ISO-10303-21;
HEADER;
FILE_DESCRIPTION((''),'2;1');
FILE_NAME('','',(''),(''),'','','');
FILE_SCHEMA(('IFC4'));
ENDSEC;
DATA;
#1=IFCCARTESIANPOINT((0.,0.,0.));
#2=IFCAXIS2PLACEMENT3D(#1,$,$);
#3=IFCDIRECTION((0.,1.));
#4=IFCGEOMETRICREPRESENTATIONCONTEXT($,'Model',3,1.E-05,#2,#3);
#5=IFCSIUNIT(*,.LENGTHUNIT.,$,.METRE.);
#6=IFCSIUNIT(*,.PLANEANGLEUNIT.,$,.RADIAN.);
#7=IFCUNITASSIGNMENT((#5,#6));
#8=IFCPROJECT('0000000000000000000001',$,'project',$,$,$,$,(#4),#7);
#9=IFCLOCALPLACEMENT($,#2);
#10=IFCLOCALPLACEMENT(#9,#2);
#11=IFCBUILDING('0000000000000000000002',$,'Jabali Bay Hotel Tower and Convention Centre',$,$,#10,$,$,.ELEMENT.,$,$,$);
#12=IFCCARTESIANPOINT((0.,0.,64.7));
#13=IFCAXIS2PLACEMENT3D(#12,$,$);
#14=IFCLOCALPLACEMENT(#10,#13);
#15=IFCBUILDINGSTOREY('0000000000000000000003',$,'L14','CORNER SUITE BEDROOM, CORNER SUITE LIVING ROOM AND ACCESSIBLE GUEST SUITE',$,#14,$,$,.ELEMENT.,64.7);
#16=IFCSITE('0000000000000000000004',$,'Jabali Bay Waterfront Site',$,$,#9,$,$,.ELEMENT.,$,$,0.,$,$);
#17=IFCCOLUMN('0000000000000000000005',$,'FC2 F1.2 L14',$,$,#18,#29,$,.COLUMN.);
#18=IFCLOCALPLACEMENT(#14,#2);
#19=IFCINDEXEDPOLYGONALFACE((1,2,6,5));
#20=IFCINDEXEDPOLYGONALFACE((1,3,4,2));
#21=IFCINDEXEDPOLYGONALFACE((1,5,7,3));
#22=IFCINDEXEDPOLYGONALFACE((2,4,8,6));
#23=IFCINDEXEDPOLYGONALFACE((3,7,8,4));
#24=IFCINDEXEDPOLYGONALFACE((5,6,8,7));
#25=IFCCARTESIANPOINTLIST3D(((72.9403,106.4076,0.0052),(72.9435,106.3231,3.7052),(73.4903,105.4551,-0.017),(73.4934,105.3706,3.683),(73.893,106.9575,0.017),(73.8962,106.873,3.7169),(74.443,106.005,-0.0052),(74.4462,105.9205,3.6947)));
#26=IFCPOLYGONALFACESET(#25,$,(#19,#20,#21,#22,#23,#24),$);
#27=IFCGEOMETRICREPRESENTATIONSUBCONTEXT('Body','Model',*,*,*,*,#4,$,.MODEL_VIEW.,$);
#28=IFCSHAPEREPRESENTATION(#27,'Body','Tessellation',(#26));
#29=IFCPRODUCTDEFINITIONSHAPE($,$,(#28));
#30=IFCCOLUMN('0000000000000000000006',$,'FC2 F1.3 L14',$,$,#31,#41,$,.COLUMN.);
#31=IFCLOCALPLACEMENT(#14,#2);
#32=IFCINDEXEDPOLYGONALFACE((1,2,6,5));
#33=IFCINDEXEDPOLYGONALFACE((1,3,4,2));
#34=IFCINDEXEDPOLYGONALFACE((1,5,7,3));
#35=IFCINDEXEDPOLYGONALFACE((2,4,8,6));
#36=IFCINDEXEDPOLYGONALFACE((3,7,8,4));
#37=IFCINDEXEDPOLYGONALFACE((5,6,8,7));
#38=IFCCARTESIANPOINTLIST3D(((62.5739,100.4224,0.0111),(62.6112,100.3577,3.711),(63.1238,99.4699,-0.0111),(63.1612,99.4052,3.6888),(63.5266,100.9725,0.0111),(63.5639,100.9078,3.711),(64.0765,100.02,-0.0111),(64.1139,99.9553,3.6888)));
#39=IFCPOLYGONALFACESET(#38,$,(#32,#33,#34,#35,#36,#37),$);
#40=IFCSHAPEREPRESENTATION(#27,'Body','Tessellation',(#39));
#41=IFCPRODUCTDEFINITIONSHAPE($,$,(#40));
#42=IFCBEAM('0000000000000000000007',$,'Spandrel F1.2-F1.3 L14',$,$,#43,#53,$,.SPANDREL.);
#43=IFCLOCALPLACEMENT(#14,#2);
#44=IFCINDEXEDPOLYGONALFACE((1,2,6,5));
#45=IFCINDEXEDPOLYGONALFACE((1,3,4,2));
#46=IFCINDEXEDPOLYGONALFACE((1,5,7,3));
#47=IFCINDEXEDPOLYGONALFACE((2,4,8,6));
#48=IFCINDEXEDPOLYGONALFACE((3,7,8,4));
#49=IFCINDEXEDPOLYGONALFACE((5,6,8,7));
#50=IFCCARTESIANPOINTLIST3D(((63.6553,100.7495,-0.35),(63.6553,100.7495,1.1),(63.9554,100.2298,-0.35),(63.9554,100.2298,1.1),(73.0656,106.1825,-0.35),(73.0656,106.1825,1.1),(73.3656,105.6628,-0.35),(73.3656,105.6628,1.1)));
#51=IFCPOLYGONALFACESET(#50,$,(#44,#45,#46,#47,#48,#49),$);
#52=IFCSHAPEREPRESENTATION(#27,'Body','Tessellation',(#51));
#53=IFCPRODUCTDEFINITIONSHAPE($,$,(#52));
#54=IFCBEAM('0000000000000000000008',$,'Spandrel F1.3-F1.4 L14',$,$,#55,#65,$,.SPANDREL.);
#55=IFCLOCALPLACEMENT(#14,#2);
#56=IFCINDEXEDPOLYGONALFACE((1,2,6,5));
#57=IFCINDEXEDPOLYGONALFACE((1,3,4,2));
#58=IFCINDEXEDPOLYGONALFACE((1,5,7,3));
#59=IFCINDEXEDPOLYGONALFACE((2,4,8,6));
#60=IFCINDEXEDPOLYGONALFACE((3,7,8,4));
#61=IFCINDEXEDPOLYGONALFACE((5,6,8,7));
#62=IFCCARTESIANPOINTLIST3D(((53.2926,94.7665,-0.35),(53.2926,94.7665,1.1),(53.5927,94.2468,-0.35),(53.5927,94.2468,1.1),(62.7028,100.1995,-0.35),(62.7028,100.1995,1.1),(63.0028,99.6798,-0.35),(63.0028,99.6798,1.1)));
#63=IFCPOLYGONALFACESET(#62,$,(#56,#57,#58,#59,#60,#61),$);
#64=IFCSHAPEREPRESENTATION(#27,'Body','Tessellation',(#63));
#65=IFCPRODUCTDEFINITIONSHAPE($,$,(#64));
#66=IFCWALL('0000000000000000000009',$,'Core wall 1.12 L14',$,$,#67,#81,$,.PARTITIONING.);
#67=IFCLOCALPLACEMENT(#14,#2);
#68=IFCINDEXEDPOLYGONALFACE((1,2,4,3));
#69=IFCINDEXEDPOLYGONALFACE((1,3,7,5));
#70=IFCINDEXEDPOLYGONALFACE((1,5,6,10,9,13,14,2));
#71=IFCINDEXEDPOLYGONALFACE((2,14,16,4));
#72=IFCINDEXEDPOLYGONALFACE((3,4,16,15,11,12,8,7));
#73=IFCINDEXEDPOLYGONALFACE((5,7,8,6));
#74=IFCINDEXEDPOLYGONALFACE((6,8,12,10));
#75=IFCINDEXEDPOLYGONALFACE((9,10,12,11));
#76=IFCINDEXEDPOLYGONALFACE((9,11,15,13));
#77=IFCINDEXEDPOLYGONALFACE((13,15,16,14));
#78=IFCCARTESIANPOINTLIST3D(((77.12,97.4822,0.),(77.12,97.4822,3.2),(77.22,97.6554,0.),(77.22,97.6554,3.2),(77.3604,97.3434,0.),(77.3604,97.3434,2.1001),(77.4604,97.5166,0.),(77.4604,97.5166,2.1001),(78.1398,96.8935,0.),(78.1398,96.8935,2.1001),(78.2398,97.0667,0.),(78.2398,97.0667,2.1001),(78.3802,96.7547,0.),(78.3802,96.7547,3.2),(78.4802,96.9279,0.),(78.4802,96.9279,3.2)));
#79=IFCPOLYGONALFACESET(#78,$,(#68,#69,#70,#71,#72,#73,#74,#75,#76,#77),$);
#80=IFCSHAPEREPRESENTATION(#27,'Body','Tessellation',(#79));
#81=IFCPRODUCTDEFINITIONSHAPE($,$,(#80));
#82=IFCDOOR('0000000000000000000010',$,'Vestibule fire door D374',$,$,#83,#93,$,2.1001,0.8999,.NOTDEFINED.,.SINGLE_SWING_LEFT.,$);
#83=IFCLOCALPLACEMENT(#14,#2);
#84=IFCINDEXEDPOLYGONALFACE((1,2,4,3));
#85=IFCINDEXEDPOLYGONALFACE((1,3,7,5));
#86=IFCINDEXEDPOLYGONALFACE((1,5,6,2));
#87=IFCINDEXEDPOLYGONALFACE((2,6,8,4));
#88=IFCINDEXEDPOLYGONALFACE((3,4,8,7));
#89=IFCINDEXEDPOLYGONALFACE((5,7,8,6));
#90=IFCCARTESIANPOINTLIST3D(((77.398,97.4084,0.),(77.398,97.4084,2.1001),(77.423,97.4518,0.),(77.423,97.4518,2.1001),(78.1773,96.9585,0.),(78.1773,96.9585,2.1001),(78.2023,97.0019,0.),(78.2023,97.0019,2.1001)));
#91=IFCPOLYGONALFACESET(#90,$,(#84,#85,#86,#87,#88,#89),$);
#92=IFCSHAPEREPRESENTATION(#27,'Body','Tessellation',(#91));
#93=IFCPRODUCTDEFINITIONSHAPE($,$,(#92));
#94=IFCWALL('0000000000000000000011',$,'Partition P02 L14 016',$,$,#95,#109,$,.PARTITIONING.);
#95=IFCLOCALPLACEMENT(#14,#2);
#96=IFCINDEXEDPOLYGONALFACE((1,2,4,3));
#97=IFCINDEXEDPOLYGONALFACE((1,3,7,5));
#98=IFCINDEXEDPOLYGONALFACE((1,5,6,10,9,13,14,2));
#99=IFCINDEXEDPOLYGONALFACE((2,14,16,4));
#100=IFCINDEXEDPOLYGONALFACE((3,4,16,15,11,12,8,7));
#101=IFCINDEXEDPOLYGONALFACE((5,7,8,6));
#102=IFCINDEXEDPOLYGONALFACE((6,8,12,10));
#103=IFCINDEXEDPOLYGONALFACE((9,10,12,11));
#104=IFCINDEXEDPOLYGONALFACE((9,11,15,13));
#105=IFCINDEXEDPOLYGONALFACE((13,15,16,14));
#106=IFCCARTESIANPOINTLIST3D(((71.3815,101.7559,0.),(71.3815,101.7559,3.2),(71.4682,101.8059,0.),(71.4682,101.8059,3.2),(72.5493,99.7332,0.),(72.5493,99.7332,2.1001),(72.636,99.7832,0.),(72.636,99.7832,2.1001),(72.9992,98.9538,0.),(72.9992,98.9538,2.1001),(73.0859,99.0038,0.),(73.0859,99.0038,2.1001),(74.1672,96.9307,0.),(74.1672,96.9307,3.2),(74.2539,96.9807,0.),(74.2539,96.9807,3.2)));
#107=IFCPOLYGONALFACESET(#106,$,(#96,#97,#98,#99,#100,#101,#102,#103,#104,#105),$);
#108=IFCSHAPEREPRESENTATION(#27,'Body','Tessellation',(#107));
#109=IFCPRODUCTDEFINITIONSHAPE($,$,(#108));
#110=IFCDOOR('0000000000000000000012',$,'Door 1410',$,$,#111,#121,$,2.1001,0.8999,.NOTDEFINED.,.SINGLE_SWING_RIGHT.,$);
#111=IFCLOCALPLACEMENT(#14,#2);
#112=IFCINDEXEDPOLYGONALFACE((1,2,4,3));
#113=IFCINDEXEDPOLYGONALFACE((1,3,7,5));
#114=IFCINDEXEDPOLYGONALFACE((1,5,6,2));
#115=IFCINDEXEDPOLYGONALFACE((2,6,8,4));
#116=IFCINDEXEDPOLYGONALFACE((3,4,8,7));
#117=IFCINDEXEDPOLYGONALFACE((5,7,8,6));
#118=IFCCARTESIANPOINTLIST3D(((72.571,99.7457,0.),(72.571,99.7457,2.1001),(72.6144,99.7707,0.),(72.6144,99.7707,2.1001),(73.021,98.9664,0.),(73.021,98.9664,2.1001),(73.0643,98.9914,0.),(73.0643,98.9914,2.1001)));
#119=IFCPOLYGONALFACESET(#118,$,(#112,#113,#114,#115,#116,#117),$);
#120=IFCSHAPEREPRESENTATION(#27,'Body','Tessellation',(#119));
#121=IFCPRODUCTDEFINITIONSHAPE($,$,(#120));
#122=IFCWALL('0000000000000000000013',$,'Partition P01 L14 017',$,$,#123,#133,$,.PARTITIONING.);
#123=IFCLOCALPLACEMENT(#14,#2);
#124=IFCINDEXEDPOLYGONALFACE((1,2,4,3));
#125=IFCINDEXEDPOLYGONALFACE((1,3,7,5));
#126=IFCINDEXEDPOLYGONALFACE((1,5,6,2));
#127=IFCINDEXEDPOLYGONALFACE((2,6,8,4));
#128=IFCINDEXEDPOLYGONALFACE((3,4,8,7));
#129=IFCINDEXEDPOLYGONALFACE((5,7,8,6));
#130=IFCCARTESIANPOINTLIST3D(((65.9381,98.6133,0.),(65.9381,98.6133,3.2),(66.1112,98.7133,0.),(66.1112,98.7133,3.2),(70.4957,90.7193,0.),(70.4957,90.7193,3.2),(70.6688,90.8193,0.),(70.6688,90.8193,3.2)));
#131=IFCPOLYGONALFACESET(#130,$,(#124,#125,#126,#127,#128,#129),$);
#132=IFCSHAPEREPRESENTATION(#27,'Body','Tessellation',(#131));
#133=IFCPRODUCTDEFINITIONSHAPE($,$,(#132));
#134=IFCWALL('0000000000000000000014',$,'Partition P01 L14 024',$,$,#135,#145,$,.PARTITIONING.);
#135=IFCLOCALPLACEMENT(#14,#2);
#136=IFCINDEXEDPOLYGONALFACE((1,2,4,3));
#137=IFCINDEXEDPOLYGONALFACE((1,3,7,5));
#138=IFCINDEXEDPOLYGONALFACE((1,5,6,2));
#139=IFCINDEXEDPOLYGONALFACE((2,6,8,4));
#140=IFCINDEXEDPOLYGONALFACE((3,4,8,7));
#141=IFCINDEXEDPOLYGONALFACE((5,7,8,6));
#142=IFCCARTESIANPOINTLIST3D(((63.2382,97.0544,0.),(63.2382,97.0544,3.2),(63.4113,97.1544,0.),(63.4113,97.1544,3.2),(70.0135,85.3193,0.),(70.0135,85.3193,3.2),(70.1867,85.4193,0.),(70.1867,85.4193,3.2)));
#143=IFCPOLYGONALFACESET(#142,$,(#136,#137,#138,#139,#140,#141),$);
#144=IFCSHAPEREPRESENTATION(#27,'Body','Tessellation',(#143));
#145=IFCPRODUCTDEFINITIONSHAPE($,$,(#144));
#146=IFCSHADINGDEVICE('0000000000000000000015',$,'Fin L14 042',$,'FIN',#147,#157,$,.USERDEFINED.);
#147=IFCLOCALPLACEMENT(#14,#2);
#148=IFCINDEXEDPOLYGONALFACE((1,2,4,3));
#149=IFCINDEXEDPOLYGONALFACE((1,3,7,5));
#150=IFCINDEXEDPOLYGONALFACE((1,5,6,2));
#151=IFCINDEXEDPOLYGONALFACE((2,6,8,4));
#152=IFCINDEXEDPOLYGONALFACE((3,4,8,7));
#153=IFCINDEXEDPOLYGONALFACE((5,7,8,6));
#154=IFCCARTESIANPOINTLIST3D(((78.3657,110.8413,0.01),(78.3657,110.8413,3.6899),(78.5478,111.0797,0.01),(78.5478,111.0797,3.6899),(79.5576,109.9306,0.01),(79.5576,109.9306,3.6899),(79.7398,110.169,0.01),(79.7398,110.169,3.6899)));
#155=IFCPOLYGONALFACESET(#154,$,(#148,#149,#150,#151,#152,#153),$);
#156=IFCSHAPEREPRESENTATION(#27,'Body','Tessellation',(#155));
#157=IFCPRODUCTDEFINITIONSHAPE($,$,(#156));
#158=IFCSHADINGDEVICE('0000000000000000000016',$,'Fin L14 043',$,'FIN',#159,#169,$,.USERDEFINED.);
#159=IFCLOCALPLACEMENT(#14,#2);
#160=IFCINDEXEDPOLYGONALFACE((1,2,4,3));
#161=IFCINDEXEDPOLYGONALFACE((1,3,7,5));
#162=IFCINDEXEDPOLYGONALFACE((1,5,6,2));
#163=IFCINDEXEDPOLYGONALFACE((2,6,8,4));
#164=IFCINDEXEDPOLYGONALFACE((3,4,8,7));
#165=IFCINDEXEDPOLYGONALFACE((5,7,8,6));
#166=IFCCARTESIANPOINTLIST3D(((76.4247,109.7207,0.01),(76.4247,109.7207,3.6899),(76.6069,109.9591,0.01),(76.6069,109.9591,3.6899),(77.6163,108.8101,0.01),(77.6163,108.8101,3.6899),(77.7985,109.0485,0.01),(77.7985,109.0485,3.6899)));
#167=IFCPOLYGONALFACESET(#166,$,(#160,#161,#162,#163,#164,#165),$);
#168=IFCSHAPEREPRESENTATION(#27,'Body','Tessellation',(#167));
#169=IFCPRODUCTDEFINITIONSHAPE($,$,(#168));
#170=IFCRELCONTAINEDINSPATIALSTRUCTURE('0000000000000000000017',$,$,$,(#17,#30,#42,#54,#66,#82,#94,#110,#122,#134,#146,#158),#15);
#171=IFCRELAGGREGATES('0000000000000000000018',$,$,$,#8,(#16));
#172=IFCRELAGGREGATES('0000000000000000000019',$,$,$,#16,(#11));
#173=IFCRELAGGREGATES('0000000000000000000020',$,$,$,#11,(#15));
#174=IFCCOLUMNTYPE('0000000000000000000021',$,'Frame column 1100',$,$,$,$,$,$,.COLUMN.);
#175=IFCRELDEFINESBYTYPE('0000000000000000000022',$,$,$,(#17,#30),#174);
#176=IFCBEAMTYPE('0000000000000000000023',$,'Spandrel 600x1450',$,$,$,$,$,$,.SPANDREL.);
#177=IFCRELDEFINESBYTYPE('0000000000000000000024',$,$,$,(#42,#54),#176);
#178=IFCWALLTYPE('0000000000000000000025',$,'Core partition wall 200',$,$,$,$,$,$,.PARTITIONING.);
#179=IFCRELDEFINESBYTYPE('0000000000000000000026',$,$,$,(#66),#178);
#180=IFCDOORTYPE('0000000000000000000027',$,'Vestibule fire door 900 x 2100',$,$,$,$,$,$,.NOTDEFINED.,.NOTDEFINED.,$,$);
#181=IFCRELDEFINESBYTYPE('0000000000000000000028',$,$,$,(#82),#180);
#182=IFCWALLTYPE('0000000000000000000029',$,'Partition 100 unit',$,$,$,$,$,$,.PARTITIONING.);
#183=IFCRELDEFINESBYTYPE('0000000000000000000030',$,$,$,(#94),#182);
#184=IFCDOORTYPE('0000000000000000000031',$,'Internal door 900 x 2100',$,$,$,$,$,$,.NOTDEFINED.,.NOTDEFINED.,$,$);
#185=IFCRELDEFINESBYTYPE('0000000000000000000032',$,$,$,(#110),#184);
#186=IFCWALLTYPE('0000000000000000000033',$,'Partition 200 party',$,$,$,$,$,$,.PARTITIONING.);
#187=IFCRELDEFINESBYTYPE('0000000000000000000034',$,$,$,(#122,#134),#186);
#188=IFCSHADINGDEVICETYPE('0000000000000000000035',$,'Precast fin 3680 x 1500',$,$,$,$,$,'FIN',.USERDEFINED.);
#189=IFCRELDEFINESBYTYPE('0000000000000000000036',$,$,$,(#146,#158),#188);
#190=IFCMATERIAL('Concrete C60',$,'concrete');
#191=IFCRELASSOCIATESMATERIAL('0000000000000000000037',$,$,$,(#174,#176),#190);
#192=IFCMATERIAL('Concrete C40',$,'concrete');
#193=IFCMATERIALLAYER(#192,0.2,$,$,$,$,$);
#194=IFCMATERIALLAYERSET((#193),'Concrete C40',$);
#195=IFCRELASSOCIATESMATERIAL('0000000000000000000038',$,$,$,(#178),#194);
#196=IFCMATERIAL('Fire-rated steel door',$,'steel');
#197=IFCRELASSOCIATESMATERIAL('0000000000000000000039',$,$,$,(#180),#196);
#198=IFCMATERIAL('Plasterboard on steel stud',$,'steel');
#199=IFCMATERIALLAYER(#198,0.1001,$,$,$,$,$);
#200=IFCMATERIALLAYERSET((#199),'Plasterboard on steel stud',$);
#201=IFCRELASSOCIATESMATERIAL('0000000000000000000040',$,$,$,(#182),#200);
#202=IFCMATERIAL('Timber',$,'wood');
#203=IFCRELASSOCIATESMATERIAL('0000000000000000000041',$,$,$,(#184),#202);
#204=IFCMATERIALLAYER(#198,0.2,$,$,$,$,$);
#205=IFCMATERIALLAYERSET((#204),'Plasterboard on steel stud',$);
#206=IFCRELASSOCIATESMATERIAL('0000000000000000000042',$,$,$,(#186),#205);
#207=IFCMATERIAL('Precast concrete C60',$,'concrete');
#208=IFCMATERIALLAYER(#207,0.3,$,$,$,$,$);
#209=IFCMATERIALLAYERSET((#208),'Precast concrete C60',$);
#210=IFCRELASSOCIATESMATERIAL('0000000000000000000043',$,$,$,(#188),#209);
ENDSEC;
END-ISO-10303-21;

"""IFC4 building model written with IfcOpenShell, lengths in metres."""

from ifc_helpers import new_model, si_unit, direction, frame, frame_2d, origin, origin_2d, place, context, subcontext, project, spatial, rectangle, extrude, material, layer, layer_set, material_profile, profile_set, type_object, element, fill, save


model = new_model("IFC4")

# Units and contexts
model_context = context("Model", 3, precision=1e-05, world=origin(), true_north=direction((0.0, 1.0)))
body_context = subcontext(model_context, "Body", "Model", "MODEL_VIEW")
ifc_project = project(units=[si_unit("LENGTHUNIT", "METRE"), si_unit("PLANEANGLEUNIT", "RADIAN")], contexts=[model_context])

# Site, building, storey
site_placement = place(None, origin())
site = spatial("IfcSite", under=ifc_project, at=site_placement, Name="Jabali Bay Waterfront Site", CompositionType="ELEMENT", RefElevation=0.0)
building_placement = place(site_placement, origin())
building = spatial("IfcBuilding", under=site, at=building_placement, Name="Jabali Bay Hotel Tower and Convention Centre", CompositionType="ELEMENT")
storey_placement = place(building_placement, frame((0.0, 0.0, 64.7)))
storey = spatial("IfcBuildingStorey", under=building, at=storey_placement, Name="L14", Description="CORNER SUITE BEDROOM, CORNER SUITE LIVING ROOM AND ACCESSIBLE GUEST SUITE", CompositionType="ELEMENT", Elevation=64.7)

# Columns
ifc_material_1 = material(Name="Concrete C60", Category="concrete")
ifc_material_profile_1 = material_profile(ifc_material_1, rectangle(XDim=1.1001, YDim=1.1001, at=origin_2d()), Name="Frame column 1100")
ifc_profile_set_1 = profile_set([ifc_material_profile_1], Name="Concrete C60")
column_type = type_object("IfcColumnType", Name="Frame column 1100", PredefinedType="COLUMN", material=ifc_profile_set_1)
column_1_placement = place(storey_placement, frame((73.6917, 106.2063, 0.0), z_axis=(0.000858, -0.022825, 0.999739), x_axis=(0.866054, 0.499836, 0.010669)))
element("IfcColumn", 1, at=column_1_placement, inside=storey, type_object=column_type, Name="FC2 F1.2 L14", PredefinedType="COLUMN", context=body_context, shape_type="SweptSolid", body=[
    extrude(rectangle(XDim=1.1001, YDim=1.1001, at=origin_2d()), origin(), (0.0, 0.0, 1.0), 3.7009),
])
column_2_placement = place(storey_placement, frame((63.3252, 100.2212, 0.0), z_axis=(0.010094, -0.017482, 0.999796), x_axis=(-0.499903, 0.865846, 0.020187)))
element("IfcColumn", 2, at=column_2_placement, inside=storey, type_object=column_type, Name="FC2 F1.3 L14", PredefinedType="COLUMN", context=body_context, shape_type="SweptSolid", body=[
    extrude(rectangle(XDim=1.1001, YDim=1.1001, at=origin_2d()), origin(), (0.0, 0.0, 1.0), 3.7007),
])

# Beams
ifc_material_profile_2 = material_profile(ifc_material_1, rectangle(XDim=0.6001, YDim=1.45, at=origin_2d()), Name="Spandrel 600x1450")
ifc_profile_set_2 = profile_set([ifc_material_profile_2], Name="Concrete C60")
beam_type = type_object("IfcBeamType", Name="Spandrel 600x1450", PredefinedType="SPANDREL", material=ifc_profile_set_2)
for number, where, z_axis, x_axis, name in (
    (3, (73.2156, 105.9226, 0.375), (-0.866029, -0.499993, 0.0), (0.499993, -0.866029, 0.0), "Spandrel F1.2-F1.3 L14"),
    (4, (62.8528, 99.9397, 0.375), (-0.866019, -0.50001, 0.0), (0.50001, -0.866019, 0.0), "Spandrel F1.3-F1.4 L14"),
):
    element("IfcBeam", number, at=place(storey_placement, frame(where, z_axis=z_axis, x_axis=x_axis)), inside=storey, type_object=beam_type, Name=name, PredefinedType="SPANDREL", context=body_context, shape_type="SweptSolid", body=[
        extrude(rectangle(XDim=0.6001, YDim=1.45, at=origin_2d()), origin(), (0.0, 0.0, 1.0), 10.866),
    ])

# Walls, openings, doors
ifc_material_2 = material(Name="Concrete C40", Category="concrete")
ifc_layer_1 = layer(ifc_material_2, 0.2)
ifc_layer_set_1 = layer_set([ifc_layer_1], Name="Concrete C40")
wall_type_1 = type_object("IfcWallType", Name="Core partition wall 200", PredefinedType="PARTITIONING", material=ifc_layer_set_1)
wall_1_placement = place(storey_placement, frame((78.4302, 96.8413, 0.0), z_axis=(0.0, 0.0, 1.0), x_axis=(-0.866046, 0.499965, 0.0)))
wall_1 = element("IfcWall", 5, at=wall_1_placement, inside=storey, type_object=wall_type_1, Name="Core wall 1.12 L14", PredefinedType="PARTITIONING", context=body_context, shape_type="SweptSolid", body=[
    extrude(rectangle(XDim=1.4551, YDim=0.2, at=frame_2d((0.7275, 0.0))), origin(), (0.0, 0.0, 1.0), 3.2),
])
opening_1_placement = place(wall_1_placement, frame((0.2776, 0.0, 0.0)))
opening_1 = element("IfcOpeningElement", 6, at=opening_1_placement, cuts=wall_1, PredefinedType="OPENING", context=body_context, shape_type="SweptSolid", body=[
    extrude(rectangle(XDim=0.8999, YDim=2.1001, at=frame_2d((0.45, 1.05))), frame((0.0, 0.1104, 0.0), z_axis=(0.0, -1.0, 0.0), x_axis=(1.0, 0.0, 0.0)), (0.0, 0.0, 1.0), 0.2209),
])
ifc_material_3 = material(Name="Fire-rated steel door", Category="steel")
door_type_1 = type_object("IfcDoorType", Name="Vestibule fire door 900 x 2100", OperationType="NOTDEFINED", PredefinedType="NOTDEFINED", material=ifc_material_3)
door_1_placement = place(opening_1_placement, origin())
door_1 = element("IfcDoor", 7, at=door_1_placement, inside=storey, type_object=door_type_1, Name="Vestibule fire door D374", OperationType="SINGLE_SWING_LEFT", OverallHeight=2.1001, OverallWidth=0.8999, PredefinedType="NOTDEFINED", context=body_context, shape_type="SweptSolid", body=[
    extrude(rectangle(XDim=0.8999, YDim=2.1001, at=frame_2d((0.45, 1.05))), frame((0.0, 0.0249, 0.0), z_axis=(0.0, -1.0, 0.0), x_axis=(1.0, 0.0, 0.0)), (0.0, 0.0, 1.0), 0.05),
])
fill(opening_1, door_1)
ifc_material_4 = material(Name="Plasterboard on steel stud", Category="steel")
ifc_layer_2 = layer(ifc_material_4, 0.1001)
ifc_layer_set_2 = layer_set([ifc_layer_2], Name="Plasterboard on steel stud")
wall_type_2 = type_object("IfcWallType", Name="Partition 100 unit", PredefinedType="PARTITIONING", material=ifc_layer_set_2)
wall_2_placement = place(storey_placement, frame((74.2104, 96.9558, 0.0), z_axis=(0.0, 0.0, 1.0), x_axis=(-0.499975, 0.86604, 0.0)))
wall_2 = element("IfcWall", 8, at=wall_2_placement, inside=storey, type_object=wall_type_2, Name="Partition P02 L14 016", PredefinedType="PARTITIONING", context=body_context, shape_type="SweptSolid", body=[
    extrude(rectangle(XDim=5.5715, YDim=0.1001, at=frame_2d((2.7856, 0.0))), origin(), (0.0, 0.0, 1.0), 3.2),
])
opening_2_placement = place(wall_2_placement, frame((2.3359, 0.0, 0.0)))
opening_2 = element("IfcOpeningElement", 9, at=opening_2_placement, cuts=wall_2, PredefinedType="OPENING", context=body_context, shape_type="SweptSolid", body=[
    extrude(rectangle(XDim=0.8999, YDim=2.1001, at=frame_2d((0.45, 1.05))), frame((0.0, 0.0605, 0.0), z_axis=(0.0, -1.0, 0.0), x_axis=(1.0, 0.0, 0.0)), (0.0, 0.0, 1.0), 0.1211),
])
ifc_material_5 = material(Name="Timber", Category="wood")
door_type_2 = type_object("IfcDoorType", Name="Internal door 900 x 2100", OperationType="NOTDEFINED", PredefinedType="NOTDEFINED", material=ifc_material_5)
door_2_placement = place(opening_2_placement, origin())
door_2 = element("IfcDoor", 10, at=door_2_placement, inside=storey, type_object=door_type_2, Name="Door 1410", OperationType="SINGLE_SWING_RIGHT", OverallHeight=2.1001, OverallWidth=0.8999, PredefinedType="NOTDEFINED", context=body_context, shape_type="SweptSolid", body=[
    extrude(rectangle(XDim=0.8999, YDim=2.1001, at=frame_2d((0.45, 1.05))), frame((0.0, 0.0249, 0.0), z_axis=(0.0, -1.0, 0.0), x_axis=(1.0, 0.0, 0.0)), (0.0, 0.0, 1.0), 0.05),
])
fill(opening_2, door_2)

# Walls
ifc_layer_3 = layer(ifc_material_4, 0.2)
ifc_layer_set_3 = layer_set([ifc_layer_3], Name="Plasterboard on steel stud")
wall_type_3 = type_object("IfcWallType", Name="Partition 200 party", PredefinedType="PARTITIONING", material=ifc_layer_set_3)
wall_3_placement = place(storey_placement, frame((66.0247, 98.6633, 0.0), z_axis=(0.0, 0.0, 1.0), x_axis=(0.499999, -0.866026, 0.0)))
element("IfcWall", 11, at=wall_3_placement, inside=storey, type_object=wall_type_3, Name="Partition P01 L14 017", PredefinedType="PARTITIONING", context=body_context, shape_type="SweptSolid", body=[
    extrude(rectangle(XDim=9.1152, YDim=0.2, at=frame_2d((4.5576, 0.0))), origin(), (0.0, 0.0, 1.0), 3.2),
])
wall_4_placement = place(storey_placement, frame((63.3247, 97.1045, 0.0), z_axis=(0.0, 0.0, 1.0), x_axis=(0.500007, -0.866021, 0.0)))
element("IfcWall", 12, at=wall_4_placement, inside=storey, type_object=wall_type_3, Name="Partition P01 L14 024", PredefinedType="PARTITIONING", context=body_context, shape_type="SweptSolid", body=[
    extrude(rectangle(XDim=13.5505, YDim=0.2, at=frame_2d((6.7754, 0.0))), origin(), (0.0, 0.0, 1.0), 3.2),
])

# Shading devices
ifc_material_6 = material(Name="Precast concrete C60", Category="concrete")
ifc_layer_4 = layer(ifc_material_6, 0.3)
ifc_layer_set_4 = layer_set([ifc_layer_4], Name="Precast concrete C60")
shading_device_type = type_object("IfcShadingDeviceType", Name="Precast fin 3680 x 1500", ElementType="FIN", PredefinedType="USERDEFINED", material=ifc_layer_set_4)
shading_device_1_placement = place(storey_placement, frame((79.6487, 110.0498, 0.01), z_axis=(0.0, 0.0, 1.0), x_axis=(-0.794616, 0.607112, 0.0)))
element("IfcShadingDevice", 13, at=shading_device_1_placement, inside=storey, type_object=shading_device_type, Name="Fin L14 042", ObjectType="FIN", PredefinedType="USERDEFINED", context=body_context, shape_type="SweptSolid", body=[
    extrude(rectangle(XDim=1.5, YDim=0.3, at=frame_2d((0.75, 0.0))), origin(), (0.0, 0.0, 1.0), 3.6799),
])
shading_device_2_placement = place(storey_placement, frame((77.7075, 108.9292, 0.01), z_axis=(0.0, 0.0, 1.0), x_axis=(-0.794556, 0.60719, 0.0)))
element("IfcShadingDevice", 14, at=shading_device_2_placement, inside=storey, type_object=shading_device_type, Name="Fin L14 043", ObjectType="FIN", PredefinedType="USERDEFINED", context=body_context, shape_type="SweptSolid", body=[
    extrude(rectangle(XDim=1.4998, YDim=0.3, at=frame_2d((0.75, 0.0))), origin(), (0.0, 0.0, 1.0), 3.6799),
])

save(model, "model.ifc")
